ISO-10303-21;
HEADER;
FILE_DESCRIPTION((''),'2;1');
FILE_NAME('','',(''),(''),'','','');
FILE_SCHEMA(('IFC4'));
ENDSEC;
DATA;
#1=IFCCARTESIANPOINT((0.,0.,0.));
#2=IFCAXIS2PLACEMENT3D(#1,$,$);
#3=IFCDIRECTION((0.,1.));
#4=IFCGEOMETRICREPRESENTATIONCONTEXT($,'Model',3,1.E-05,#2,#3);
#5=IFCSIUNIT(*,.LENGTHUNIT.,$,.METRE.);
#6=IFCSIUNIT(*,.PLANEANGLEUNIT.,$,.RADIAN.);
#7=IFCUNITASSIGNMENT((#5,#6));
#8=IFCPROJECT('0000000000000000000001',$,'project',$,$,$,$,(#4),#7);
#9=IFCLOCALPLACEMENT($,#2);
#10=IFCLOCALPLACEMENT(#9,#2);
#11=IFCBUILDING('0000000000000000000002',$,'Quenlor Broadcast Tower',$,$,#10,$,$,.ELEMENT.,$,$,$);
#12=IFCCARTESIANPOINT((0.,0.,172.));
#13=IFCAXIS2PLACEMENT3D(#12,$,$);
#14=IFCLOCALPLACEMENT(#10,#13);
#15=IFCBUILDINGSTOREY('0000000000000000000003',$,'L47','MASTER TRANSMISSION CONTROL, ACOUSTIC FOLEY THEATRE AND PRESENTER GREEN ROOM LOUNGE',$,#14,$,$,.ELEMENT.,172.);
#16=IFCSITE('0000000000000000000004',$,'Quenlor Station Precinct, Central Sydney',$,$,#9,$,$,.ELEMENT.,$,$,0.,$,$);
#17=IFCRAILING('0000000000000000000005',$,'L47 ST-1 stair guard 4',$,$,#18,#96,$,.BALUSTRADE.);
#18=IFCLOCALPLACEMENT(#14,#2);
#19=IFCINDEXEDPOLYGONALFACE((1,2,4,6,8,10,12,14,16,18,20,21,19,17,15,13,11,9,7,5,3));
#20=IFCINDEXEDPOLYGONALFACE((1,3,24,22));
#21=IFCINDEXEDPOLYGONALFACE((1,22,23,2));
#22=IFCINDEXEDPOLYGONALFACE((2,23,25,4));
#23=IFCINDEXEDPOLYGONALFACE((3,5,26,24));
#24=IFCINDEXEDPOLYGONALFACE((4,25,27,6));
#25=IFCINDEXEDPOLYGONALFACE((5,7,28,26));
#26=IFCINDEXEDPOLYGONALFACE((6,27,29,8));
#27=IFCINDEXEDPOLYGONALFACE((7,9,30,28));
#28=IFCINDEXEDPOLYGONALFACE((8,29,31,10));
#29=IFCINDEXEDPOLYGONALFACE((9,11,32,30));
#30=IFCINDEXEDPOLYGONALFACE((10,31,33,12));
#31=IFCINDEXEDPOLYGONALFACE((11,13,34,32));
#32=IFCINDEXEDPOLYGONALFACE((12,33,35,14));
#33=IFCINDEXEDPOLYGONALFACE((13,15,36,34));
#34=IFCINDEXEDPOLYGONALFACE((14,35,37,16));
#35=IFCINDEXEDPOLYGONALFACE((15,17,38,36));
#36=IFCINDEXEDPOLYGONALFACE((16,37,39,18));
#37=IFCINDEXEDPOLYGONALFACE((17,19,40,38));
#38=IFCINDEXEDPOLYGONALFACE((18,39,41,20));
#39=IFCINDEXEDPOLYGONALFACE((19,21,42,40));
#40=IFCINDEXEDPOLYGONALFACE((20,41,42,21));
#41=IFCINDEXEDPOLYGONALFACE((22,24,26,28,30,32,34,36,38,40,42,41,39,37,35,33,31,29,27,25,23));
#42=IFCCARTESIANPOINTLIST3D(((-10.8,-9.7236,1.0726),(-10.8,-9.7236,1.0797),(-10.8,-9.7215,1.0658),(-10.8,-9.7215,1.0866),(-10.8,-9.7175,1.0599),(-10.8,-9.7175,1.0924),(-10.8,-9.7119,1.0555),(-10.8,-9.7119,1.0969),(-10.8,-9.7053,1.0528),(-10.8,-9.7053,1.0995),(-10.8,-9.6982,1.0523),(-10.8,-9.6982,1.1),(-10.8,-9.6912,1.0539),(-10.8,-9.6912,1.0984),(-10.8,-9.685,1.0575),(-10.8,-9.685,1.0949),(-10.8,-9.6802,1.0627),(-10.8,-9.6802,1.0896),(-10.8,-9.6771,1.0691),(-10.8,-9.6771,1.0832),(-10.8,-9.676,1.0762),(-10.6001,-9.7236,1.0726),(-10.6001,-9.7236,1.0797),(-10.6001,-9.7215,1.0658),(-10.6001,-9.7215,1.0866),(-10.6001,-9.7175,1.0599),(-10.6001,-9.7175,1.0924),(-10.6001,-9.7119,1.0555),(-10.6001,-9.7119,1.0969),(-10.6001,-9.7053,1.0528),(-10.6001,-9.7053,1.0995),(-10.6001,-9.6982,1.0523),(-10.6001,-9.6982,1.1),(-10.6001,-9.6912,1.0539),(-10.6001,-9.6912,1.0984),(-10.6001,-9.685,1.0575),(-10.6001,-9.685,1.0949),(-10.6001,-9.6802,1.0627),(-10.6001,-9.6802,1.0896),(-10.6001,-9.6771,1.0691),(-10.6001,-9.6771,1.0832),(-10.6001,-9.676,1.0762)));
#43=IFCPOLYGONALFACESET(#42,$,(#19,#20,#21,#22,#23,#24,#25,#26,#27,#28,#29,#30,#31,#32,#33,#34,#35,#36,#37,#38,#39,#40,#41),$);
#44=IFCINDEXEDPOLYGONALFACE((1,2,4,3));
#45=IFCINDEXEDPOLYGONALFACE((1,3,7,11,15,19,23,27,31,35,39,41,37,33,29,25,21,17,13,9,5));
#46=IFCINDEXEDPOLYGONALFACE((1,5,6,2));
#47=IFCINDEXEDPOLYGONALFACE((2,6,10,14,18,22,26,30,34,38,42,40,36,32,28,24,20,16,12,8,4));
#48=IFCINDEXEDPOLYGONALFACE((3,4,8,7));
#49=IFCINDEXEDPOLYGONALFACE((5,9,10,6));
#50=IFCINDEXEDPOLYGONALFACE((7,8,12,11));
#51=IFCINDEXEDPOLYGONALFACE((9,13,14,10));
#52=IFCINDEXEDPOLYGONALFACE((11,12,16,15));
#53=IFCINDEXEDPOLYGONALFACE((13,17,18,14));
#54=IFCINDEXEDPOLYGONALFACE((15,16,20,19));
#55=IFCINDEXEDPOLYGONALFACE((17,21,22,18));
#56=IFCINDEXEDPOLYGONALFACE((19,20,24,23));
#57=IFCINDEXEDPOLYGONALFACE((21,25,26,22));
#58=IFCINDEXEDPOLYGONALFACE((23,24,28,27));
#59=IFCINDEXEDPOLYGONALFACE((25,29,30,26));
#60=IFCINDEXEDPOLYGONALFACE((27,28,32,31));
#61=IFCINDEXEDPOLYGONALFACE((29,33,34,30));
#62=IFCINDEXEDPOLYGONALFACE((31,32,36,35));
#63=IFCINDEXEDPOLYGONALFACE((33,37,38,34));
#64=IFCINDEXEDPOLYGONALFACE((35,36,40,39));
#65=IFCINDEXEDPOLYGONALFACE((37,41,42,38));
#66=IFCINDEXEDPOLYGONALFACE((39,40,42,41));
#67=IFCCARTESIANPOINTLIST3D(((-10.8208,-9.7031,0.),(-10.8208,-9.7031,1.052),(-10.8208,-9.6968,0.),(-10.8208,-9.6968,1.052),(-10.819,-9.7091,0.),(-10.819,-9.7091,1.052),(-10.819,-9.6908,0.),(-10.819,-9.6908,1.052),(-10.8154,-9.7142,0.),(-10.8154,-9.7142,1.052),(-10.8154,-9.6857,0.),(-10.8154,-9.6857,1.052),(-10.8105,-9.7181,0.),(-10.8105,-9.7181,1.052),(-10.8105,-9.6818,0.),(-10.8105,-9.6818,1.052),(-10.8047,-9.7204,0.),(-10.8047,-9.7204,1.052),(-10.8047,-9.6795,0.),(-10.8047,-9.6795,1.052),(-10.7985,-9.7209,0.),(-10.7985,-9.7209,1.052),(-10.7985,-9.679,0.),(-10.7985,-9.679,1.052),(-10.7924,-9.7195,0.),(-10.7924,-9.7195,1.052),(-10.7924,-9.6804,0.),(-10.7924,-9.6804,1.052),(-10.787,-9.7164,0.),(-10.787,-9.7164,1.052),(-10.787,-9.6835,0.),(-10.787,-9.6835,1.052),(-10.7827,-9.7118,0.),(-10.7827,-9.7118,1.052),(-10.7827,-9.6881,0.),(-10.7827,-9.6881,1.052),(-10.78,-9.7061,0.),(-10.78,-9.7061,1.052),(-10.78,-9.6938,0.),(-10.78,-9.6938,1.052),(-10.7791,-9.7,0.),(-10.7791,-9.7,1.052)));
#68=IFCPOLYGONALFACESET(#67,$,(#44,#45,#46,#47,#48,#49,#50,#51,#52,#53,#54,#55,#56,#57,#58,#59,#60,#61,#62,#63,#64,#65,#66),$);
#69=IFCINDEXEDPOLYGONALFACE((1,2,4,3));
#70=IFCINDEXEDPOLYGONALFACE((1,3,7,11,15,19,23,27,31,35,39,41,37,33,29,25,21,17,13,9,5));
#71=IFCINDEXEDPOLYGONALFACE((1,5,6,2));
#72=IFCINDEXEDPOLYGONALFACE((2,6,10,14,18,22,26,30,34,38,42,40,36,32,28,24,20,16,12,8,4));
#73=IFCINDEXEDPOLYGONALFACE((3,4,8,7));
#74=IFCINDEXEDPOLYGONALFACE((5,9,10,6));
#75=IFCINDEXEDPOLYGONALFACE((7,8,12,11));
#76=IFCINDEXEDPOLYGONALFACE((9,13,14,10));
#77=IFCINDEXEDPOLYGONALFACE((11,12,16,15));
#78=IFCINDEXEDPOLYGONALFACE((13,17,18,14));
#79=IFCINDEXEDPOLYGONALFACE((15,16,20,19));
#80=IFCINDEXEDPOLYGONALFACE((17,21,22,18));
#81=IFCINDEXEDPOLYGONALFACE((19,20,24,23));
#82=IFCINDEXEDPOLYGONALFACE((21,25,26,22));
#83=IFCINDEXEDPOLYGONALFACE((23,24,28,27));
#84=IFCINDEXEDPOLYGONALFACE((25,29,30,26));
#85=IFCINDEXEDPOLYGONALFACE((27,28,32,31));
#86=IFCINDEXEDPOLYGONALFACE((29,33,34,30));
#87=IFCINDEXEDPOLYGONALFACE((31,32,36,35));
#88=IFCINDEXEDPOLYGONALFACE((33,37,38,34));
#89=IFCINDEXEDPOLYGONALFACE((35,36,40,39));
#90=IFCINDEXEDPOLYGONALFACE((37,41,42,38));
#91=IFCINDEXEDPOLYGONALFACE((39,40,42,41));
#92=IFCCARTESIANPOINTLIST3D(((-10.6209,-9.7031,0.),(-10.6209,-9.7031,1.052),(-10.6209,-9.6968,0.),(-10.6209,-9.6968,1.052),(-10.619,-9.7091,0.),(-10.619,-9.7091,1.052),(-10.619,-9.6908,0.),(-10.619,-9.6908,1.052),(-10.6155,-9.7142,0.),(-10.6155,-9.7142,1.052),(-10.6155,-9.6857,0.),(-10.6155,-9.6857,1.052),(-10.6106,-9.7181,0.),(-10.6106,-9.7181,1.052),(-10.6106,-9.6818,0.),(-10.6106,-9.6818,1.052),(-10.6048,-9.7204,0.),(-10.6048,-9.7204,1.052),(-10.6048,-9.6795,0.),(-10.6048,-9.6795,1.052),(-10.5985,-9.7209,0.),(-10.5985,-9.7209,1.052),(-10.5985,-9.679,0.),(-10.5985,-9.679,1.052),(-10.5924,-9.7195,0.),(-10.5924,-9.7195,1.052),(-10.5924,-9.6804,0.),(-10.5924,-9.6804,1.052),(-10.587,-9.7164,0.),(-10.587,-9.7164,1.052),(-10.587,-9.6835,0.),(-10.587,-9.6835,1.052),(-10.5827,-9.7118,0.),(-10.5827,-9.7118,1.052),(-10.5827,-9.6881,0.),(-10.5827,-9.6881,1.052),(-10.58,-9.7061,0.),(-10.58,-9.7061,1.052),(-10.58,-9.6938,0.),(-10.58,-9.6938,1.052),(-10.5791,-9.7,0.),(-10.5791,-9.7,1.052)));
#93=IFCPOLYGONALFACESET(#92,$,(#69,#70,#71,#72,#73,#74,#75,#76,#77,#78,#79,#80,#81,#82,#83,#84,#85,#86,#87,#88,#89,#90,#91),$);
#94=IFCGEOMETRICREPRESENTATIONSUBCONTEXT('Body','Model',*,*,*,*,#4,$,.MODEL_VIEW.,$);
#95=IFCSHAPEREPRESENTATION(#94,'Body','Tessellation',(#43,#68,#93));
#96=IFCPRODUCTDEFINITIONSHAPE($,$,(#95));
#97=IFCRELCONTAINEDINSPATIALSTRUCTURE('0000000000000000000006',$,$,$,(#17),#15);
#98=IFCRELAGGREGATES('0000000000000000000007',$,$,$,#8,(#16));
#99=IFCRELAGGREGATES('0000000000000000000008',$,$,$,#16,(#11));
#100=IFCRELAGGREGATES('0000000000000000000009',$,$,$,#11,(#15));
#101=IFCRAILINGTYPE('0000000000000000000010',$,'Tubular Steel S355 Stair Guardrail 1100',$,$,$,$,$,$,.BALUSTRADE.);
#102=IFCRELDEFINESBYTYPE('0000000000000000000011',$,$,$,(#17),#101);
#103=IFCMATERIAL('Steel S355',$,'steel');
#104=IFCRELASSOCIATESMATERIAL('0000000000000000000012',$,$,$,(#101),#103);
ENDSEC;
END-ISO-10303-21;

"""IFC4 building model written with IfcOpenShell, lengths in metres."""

from ifc_helpers import new_model, si_unit, direction, frame, origin, origin_2d, place, context, subcontext, project, spatial, circle, extrude, material, type_object, element, save


model = new_model("IFC4")

# Units and contexts
model_context = context("Model", 3, precision=1e-05, world=origin(), true_north=direction((0.0, 1.0)))
body_context = subcontext(model_context, "Body", "Model", "MODEL_VIEW")
ifc_project = project(units=[si_unit("LENGTHUNIT", "METRE"), si_unit("PLANEANGLEUNIT", "RADIAN")], contexts=[model_context])

# Site, building, storey
site_placement = place(None, origin())
site = spatial("IfcSite", under=ifc_project, at=site_placement, Name="Quenlor Station Precinct, Central Sydney", CompositionType="ELEMENT", RefElevation=0.0)
building_placement = place(site_placement, origin())
building = spatial("IfcBuilding", under=site, at=building_placement, Name="Quenlor Broadcast Tower", CompositionType="ELEMENT")
storey_placement = place(building_placement, frame((0.0, 0.0, 172.0)))
storey = spatial("IfcBuildingStorey", under=building, at=storey_placement, Name="L47", Description="MASTER TRANSMISSION CONTROL, ACOUSTIC FOLEY THEATRE AND PRESENTER GREEN ROOM LOUNGE", CompositionType="ELEMENT", Elevation=172.0)

# Railing
ifc_material_1 = material(Name="Steel S355", Category="steel")
railing_type_1 = type_object("IfcRailingType", Name="Tubular Steel S355 Stair Guardrail 1100", PredefinedType="BALUSTRADE", material=ifc_material_1)
railing_1_placement = place(storey_placement, frame((-10.8, -9.7, 0.0)))
element("IfcRailing", 1, at=railing_1_placement, inside=storey, type_object=railing_type_1, Name="L47 ST-1 stair guard 4", PredefinedType="BALUSTRADE", context=body_context, shape_type="SweptSolid", body=[
    extrude(circle(Radius=0.0239, at=origin_2d()), frame((0.0, 0.0, 1.0762), z_axis=(1.0, 0.0, 0.0), x_axis=(0.0, 1.0, 0.0)), (0.0, 0.0, 1.0), 0.2),
    extrude(circle(Radius=0.021, at=origin_2d()), origin(), (0.0, 0.0, 1.0), 1.052),
    extrude(circle(Radius=0.021, at=origin_2d()), frame((0.2, 0.0, 0.0)), (0.0, 0.0, 1.0), 1.052),
])

save(model, "model.ifc")
